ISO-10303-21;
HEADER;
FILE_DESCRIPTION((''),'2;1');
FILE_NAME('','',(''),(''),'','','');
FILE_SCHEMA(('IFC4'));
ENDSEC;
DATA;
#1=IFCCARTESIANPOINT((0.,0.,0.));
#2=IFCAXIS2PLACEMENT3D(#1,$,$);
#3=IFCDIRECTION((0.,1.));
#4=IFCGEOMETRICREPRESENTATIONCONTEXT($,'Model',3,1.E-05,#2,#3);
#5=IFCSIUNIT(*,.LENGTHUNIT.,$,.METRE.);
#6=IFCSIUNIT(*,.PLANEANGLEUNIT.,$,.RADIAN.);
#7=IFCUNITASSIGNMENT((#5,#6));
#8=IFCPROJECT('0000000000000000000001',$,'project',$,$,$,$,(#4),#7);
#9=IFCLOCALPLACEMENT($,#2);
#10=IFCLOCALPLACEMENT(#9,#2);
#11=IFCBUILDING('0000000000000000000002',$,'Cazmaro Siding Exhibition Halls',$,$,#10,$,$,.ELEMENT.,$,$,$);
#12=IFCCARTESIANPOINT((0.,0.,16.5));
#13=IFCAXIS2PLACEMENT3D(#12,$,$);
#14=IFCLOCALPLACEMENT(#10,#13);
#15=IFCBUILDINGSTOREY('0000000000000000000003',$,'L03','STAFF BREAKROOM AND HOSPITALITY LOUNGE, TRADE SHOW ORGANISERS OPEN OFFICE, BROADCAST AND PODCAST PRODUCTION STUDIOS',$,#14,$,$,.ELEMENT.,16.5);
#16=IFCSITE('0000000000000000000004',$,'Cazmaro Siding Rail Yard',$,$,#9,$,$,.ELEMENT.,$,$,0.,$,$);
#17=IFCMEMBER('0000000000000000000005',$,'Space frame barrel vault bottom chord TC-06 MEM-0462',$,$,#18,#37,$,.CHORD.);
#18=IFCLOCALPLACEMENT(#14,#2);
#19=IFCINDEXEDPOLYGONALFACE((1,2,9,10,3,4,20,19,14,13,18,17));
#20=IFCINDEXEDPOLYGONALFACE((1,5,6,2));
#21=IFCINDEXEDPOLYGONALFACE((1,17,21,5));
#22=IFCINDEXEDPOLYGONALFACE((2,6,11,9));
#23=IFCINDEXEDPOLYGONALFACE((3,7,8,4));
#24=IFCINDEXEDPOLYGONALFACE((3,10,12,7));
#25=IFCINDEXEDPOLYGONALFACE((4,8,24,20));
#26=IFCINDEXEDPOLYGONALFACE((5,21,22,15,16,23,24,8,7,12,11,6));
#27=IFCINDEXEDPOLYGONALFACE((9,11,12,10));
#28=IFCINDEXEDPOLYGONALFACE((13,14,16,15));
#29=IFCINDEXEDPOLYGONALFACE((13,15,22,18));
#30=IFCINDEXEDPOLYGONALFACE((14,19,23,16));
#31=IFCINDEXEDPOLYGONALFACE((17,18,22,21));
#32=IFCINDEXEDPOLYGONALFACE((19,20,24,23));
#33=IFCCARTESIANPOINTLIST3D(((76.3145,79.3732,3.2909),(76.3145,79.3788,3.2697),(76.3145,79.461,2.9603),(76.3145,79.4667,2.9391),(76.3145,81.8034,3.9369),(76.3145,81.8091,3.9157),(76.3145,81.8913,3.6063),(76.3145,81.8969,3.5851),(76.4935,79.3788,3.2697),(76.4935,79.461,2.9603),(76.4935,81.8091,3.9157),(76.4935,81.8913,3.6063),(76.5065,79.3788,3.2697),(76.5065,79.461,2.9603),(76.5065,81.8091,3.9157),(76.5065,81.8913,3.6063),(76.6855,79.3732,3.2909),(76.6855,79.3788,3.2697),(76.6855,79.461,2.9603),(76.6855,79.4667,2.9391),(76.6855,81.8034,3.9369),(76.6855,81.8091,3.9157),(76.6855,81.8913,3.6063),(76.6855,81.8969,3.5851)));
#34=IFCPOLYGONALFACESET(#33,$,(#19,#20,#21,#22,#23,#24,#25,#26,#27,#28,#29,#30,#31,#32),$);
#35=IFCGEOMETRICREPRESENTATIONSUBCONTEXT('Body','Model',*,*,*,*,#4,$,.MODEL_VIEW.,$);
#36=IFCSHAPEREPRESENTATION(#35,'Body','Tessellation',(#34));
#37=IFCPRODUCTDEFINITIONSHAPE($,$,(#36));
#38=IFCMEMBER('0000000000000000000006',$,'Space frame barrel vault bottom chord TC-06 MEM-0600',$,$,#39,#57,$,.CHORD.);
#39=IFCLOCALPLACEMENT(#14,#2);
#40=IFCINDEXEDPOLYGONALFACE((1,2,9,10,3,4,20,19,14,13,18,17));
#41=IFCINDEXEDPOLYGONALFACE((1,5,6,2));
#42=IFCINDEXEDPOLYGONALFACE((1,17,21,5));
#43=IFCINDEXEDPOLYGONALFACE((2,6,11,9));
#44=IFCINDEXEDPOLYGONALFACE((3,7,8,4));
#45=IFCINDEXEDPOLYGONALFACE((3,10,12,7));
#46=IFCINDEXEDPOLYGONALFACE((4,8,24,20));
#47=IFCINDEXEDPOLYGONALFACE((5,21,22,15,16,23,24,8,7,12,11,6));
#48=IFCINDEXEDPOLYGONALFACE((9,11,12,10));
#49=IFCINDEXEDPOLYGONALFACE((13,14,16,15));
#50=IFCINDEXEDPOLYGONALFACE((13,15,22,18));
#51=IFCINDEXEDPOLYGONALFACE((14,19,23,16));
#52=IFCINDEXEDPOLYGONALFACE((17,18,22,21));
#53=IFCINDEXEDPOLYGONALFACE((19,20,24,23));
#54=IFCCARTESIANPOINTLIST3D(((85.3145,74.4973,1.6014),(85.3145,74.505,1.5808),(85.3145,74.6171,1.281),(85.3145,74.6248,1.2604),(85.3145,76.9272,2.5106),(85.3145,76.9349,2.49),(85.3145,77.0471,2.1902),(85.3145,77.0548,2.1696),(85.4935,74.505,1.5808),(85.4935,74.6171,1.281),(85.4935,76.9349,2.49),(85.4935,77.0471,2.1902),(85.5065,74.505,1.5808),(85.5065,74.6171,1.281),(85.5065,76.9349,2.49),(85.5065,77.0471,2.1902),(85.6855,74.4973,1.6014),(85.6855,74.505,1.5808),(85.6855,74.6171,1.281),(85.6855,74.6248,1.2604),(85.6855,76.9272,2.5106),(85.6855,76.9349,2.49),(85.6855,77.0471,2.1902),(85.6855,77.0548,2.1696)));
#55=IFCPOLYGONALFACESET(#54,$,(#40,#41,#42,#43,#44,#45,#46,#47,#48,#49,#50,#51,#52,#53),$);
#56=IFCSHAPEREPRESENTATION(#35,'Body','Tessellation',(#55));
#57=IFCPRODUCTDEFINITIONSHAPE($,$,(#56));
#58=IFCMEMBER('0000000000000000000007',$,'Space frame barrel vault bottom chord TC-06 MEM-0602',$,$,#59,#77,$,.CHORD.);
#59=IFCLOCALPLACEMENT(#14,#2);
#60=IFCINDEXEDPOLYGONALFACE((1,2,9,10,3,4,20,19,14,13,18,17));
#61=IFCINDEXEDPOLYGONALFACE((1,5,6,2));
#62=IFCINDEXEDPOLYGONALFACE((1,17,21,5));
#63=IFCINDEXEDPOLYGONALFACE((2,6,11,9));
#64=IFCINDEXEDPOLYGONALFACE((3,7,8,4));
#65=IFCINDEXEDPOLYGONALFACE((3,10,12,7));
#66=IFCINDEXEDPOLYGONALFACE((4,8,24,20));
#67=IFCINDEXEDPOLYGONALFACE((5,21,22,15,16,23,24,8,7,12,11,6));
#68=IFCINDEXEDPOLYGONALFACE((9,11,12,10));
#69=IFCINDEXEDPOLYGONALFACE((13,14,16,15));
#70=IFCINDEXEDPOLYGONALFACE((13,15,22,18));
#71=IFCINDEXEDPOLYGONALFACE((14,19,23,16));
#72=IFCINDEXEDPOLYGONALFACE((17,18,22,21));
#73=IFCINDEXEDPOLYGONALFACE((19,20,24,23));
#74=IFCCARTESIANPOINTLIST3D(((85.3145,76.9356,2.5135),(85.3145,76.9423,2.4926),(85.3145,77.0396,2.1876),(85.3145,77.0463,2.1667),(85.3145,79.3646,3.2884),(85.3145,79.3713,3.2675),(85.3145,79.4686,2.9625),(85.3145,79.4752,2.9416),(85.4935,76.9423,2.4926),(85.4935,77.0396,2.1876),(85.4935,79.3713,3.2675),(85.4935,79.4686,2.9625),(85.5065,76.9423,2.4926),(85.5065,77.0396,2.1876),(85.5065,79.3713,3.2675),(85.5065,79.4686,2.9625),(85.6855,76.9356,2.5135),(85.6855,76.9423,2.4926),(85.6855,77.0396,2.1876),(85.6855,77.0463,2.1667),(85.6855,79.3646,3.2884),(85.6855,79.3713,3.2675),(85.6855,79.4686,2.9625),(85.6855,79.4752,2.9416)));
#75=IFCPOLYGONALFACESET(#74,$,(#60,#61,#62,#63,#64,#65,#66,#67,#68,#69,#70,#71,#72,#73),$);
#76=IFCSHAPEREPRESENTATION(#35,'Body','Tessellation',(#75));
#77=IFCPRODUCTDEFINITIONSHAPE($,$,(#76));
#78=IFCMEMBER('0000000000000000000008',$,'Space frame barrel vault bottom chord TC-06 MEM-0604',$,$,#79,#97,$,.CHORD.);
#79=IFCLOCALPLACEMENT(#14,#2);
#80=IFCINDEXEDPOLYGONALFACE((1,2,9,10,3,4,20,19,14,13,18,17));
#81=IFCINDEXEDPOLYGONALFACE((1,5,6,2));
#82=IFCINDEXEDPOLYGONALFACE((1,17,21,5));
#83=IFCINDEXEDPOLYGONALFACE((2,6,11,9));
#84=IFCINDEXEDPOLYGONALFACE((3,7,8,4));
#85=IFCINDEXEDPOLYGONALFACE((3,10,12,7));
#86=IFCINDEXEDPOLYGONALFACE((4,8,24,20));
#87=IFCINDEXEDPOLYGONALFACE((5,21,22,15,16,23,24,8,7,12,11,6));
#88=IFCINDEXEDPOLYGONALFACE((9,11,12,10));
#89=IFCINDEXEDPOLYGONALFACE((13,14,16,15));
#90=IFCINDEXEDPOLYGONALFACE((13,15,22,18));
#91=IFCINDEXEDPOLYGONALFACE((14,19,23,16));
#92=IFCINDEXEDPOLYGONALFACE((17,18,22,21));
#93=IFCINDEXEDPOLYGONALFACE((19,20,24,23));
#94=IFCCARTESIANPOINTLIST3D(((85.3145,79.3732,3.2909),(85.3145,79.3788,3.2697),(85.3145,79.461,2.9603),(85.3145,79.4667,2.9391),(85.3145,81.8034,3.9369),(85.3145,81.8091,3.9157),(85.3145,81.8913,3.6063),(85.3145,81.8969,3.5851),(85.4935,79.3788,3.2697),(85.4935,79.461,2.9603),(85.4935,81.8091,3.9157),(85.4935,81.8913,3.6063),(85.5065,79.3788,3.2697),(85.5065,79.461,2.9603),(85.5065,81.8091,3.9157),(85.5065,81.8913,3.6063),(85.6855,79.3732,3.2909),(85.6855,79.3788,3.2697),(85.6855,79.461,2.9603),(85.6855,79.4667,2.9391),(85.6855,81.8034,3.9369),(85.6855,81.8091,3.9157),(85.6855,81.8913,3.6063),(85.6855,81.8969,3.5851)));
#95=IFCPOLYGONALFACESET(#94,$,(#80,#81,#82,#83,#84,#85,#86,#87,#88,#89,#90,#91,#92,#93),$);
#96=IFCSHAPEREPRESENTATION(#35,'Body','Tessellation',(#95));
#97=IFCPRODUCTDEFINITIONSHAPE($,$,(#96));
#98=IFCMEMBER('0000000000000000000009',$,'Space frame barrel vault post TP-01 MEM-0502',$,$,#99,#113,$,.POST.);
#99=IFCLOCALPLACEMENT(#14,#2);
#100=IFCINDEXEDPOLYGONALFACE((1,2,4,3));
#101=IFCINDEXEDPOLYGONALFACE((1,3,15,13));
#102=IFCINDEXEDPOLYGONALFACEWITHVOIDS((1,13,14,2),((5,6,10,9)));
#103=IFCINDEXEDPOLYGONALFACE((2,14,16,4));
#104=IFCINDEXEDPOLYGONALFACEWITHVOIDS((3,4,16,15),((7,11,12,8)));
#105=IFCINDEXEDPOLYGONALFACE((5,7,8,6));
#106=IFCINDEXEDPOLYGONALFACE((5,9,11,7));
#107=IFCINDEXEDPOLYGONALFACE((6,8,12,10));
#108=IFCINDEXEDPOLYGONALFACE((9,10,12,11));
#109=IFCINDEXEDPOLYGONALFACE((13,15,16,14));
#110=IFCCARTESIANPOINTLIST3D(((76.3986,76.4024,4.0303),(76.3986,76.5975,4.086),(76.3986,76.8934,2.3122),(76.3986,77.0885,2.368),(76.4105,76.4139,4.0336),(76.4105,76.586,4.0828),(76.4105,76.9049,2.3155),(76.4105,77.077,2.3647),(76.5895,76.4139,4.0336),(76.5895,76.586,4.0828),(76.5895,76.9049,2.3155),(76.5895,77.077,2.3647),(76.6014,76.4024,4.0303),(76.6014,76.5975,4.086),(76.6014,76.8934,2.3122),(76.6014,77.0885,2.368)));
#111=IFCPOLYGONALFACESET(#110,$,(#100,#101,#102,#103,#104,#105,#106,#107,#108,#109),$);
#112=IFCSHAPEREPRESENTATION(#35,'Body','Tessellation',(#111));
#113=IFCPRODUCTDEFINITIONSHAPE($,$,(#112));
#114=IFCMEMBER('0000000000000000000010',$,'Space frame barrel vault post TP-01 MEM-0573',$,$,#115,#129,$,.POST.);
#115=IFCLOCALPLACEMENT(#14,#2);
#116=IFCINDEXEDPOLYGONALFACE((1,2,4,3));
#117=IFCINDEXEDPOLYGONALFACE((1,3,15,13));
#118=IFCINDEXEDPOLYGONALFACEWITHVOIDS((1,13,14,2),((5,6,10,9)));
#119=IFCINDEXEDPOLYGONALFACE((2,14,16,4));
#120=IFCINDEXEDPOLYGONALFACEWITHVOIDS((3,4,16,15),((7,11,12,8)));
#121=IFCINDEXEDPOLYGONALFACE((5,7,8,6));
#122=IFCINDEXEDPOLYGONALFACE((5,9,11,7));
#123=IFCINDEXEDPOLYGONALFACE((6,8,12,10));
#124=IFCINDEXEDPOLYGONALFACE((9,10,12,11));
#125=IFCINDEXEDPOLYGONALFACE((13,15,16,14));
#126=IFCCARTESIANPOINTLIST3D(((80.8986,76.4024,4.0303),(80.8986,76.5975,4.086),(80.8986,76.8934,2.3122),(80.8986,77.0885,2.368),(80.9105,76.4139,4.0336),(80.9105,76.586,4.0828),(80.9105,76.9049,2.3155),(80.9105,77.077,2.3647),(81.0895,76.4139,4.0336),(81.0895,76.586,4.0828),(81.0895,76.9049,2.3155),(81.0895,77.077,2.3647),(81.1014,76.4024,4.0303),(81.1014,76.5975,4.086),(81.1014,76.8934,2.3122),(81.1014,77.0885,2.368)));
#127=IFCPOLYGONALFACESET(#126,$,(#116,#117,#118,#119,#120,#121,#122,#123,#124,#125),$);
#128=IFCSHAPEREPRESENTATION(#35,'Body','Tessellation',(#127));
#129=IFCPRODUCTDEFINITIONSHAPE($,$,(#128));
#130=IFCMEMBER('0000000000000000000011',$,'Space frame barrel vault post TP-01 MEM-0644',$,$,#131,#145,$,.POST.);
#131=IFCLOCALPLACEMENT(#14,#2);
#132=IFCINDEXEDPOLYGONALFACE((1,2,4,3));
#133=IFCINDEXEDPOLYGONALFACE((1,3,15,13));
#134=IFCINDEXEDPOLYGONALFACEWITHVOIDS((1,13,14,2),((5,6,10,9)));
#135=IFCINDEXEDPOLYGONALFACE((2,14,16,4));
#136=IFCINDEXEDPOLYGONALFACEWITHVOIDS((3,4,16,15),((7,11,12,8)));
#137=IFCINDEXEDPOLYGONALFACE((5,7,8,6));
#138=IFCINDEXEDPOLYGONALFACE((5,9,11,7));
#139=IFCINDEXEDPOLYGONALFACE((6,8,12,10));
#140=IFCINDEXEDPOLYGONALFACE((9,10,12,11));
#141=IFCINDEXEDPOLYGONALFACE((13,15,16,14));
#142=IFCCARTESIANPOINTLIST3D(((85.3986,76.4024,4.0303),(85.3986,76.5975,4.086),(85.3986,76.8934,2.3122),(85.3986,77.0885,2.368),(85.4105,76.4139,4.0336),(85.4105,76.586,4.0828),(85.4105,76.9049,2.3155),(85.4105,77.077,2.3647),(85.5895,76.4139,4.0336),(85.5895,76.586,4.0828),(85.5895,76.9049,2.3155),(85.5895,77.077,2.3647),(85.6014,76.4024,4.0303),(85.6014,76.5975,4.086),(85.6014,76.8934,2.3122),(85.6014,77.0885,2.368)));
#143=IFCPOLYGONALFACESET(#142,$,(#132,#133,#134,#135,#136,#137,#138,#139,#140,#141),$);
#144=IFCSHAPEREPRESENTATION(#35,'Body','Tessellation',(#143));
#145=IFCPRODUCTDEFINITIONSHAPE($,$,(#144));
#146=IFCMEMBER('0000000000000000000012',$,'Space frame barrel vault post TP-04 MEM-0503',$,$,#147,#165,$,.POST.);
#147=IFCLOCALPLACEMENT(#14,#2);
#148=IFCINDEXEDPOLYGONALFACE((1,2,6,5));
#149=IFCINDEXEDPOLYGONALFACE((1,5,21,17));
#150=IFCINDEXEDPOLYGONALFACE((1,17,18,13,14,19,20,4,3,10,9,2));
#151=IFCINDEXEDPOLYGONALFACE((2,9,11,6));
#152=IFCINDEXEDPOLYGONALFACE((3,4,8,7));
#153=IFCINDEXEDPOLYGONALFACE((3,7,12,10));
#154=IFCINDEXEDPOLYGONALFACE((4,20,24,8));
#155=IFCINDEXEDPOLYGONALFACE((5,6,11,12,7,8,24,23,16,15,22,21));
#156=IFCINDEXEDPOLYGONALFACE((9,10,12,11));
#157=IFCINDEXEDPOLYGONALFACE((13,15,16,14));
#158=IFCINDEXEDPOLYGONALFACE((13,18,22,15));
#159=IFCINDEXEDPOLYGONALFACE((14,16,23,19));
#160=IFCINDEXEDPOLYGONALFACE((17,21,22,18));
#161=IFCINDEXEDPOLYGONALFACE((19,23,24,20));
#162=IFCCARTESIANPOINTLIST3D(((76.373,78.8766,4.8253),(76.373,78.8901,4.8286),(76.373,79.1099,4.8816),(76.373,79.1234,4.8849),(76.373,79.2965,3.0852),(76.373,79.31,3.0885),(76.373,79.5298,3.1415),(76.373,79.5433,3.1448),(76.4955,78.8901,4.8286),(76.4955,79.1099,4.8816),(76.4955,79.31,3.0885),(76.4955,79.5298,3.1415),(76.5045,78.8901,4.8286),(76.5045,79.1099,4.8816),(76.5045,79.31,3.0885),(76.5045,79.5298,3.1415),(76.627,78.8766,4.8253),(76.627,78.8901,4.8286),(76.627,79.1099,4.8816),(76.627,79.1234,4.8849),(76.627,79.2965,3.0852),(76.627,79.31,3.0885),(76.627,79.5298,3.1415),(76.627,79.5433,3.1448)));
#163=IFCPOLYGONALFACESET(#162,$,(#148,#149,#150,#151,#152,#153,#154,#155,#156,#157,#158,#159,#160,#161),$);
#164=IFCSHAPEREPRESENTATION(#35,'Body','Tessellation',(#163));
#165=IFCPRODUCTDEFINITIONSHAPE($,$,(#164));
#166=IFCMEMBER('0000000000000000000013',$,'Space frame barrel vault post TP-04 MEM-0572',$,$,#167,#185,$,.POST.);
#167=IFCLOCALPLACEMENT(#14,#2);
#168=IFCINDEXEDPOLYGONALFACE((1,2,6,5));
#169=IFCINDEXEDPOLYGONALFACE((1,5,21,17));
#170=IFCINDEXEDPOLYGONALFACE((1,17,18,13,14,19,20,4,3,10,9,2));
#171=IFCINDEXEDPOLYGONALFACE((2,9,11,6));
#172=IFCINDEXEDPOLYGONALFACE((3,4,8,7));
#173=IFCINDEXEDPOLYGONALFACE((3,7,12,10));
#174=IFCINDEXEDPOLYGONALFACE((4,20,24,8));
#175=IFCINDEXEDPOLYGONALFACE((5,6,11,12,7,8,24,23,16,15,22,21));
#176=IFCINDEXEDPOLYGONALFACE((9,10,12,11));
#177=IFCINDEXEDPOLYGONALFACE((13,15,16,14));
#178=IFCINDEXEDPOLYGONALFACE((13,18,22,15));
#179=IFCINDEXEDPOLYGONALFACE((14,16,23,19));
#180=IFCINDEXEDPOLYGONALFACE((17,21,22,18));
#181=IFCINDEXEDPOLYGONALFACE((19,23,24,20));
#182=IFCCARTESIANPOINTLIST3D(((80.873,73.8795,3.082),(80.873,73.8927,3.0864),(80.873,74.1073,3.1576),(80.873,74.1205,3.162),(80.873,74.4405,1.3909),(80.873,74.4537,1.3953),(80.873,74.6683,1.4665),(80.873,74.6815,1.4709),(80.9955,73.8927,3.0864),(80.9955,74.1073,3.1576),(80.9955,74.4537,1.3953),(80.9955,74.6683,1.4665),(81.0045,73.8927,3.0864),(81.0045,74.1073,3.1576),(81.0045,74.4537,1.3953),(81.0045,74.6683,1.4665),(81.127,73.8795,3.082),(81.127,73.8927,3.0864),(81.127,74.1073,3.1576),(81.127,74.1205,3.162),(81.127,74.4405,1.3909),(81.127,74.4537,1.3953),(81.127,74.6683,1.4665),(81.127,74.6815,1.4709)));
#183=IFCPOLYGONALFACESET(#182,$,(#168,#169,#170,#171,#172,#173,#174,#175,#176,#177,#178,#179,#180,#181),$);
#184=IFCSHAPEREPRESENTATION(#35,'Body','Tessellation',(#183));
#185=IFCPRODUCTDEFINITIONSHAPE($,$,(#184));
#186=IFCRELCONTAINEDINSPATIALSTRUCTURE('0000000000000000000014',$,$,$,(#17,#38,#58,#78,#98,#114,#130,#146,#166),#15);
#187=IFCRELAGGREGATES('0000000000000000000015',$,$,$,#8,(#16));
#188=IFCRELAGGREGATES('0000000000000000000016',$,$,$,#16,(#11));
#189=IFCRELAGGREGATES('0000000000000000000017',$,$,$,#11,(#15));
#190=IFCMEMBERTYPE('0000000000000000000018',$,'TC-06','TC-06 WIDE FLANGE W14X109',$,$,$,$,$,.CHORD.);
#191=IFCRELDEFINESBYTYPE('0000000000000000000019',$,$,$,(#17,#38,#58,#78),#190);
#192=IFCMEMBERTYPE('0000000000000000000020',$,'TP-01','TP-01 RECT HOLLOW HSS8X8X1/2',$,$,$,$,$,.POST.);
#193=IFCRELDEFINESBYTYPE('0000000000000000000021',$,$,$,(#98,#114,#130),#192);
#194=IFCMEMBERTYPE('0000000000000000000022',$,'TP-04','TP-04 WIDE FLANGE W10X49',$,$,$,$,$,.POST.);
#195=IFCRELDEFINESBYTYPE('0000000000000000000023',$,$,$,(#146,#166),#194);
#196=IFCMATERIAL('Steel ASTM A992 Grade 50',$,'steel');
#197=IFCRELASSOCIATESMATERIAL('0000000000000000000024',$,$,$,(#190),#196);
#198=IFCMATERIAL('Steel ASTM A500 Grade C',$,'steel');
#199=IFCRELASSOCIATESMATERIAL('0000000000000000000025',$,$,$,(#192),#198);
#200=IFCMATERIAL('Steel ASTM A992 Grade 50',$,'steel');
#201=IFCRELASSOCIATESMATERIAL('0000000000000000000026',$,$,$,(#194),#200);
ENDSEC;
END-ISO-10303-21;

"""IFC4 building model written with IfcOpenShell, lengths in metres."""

from ifc_helpers import new_model, si_unit, direction, frame, origin, origin_2d, place, context, subcontext, project, spatial, hollow_rectangle, i_section, extrude, material, material_profile, profile_set, type_object, element, save


model = new_model("IFC4")

# Units and contexts
model_context = context("Model", 3, precision=1e-05, world=origin(), true_north=direction((0.0, 1.0)))
body_context = subcontext(model_context, "Body", "Model", "MODEL_VIEW")
ifc_project = project(units=[si_unit("LENGTHUNIT", "METRE"), si_unit("PLANEANGLEUNIT", "RADIAN")], contexts=[model_context])

# Site, building, storey
site_placement = place(None, origin())
site = spatial("IfcSite", under=ifc_project, at=site_placement, Name="Cazmaro Siding Rail Yard", CompositionType="ELEMENT", RefElevation=0.0)
building_placement = place(site_placement, origin())
building = spatial("IfcBuilding", under=site, at=building_placement, Name="Cazmaro Siding Exhibition Halls", CompositionType="ELEMENT")
storey_placement = place(building_placement, frame((0.0, 0.0, 16.5)))
storey = spatial("IfcBuildingStorey", under=building, at=storey_placement, Name="L03", Description="STAFF BREAKROOM AND HOSPITALITY LOUNGE, TRADE SHOW ORGANISERS OPEN OFFICE, BROADCAST AND PODCAST PRODUCTION STUDIOS", CompositionType="ELEMENT", Elevation=16.5)

# Members
ifc_material_1 = material(Name="Steel ASTM A992 Grade 50", Category="steel")
ifc_material_profile_1 = material_profile(ifc_material_1, i_section(OverallWidth=0.3711, OverallDepth=0.364, WebThickness=0.0129, FlangeThickness=0.022, at=origin_2d()), Name="W14X109")
ifc_profile_set_1 = profile_set([ifc_material_profile_1], Name="Steel ASTM A992 Grade 50")
member_type_1 = type_object("IfcMemberType", Name="TC-06", Description="TC-06 WIDE FLANGE W14X109", PredefinedType="CHORD", material=ifc_profile_set_1)
member_1_placement = place(storey_placement, frame((76.5, 79.4199, 3.115), z_axis=(0.0, 0.966438, 0.256901), x_axis=(-1.0, 0.0, 0.0)))
element("IfcMember", 1, at=member_1_placement, inside=storey, type_object=member_type_1, Name="Space frame barrel vault bottom chord TC-06 MEM-0462", PredefinedType="CHORD", context=body_context, shape_type="SweptSolid", body=[
    extrude(i_section(OverallWidth=0.3711, OverallDepth=0.364, WebThickness=0.0129, FlangeThickness=0.022, at=origin_2d()), origin(), (0.0, 0.0, 1.0), 2.5146),
])
member_2_placement = place(storey_placement, frame((85.5, 74.561, 1.4309), z_axis=(0.0, 0.936588, 0.350432), x_axis=(-1.0, 0.0, 0.0)))
element("IfcMember", 2, at=member_2_placement, inside=storey, type_object=member_type_1, Name="Space frame barrel vault bottom chord TC-06 MEM-0600", PredefinedType="CHORD", context=body_context, shape_type="SweptSolid", body=[
    extrude(i_section(OverallWidth=0.3711, OverallDepth=0.364, WebThickness=0.0129, FlangeThickness=0.022, at=origin_2d()), origin(), (0.0, 0.0, 1.0), 2.5945),
])
member_3_placement = place(storey_placement, frame((85.5, 76.991, 2.3401), z_axis=(0.0, 0.952693, 0.303935), x_axis=(-1.0, 0.0, 0.0)))
element("IfcMember", 3, at=member_3_placement, inside=storey, type_object=member_type_1, Name="Space frame barrel vault bottom chord TC-06 MEM-0602", PredefinedType="CHORD", context=body_context, shape_type="SweptSolid", body=[
    extrude(i_section(OverallWidth=0.3711, OverallDepth=0.364, WebThickness=0.0129, FlangeThickness=0.022, at=origin_2d()), origin(), (0.0, 0.0, 1.0), 2.5496),
])
member_4_placement = place(storey_placement, frame((85.5, 79.4199, 3.115), z_axis=(0.0, 0.966438, 0.256901), x_axis=(-1.0, 0.0, 0.0)))
element("IfcMember", 4, at=member_4_placement, inside=storey, type_object=member_type_1, Name="Space frame barrel vault bottom chord TC-06 MEM-0604", PredefinedType="CHORD", context=body_context, shape_type="SweptSolid", body=[
    extrude(i_section(OverallWidth=0.3711, OverallDepth=0.364, WebThickness=0.0129, FlangeThickness=0.022, at=origin_2d()), origin(), (0.0, 0.0, 1.0), 2.5146),
])
ifc_material_2 = material(Name="Steel ASTM A500 Grade C", Category="steel")
ifc_material_profile_2 = material_profile(ifc_material_2, hollow_rectangle(XDim=0.2029, YDim=0.2029, WallThickness=0.012, at=origin_2d()), Name="HSS8X8X1/2")
ifc_profile_set_2 = profile_set([ifc_material_profile_2], Name="Steel ASTM A500 Grade C")
member_type_2 = type_object("IfcMemberType", Name="TP-01", Description="TP-01 RECT HOLLOW HSS8X8X1/2", PredefinedType="POST", material=ifc_profile_set_2)
for number, where, z_axis, x_axis, name in (
    (5, (76.5, 76.991, 2.3401), (0.0, -0.274775, 0.961508), (1.0, 0.0, 0.0), "Space frame barrel vault post TP-01 MEM-0502"),
    (6, (81.0, 76.991, 2.3401), (0.0, -0.274775, 0.961508), (1.0, 0.0, 0.0), "Space frame barrel vault post TP-01 MEM-0573"),
    (7, (85.5, 76.991, 2.3401), (0.0, -0.274775, 0.961508), (1.0, 0.0, 0.0), "Space frame barrel vault post TP-01 MEM-0644"),
):
    element("IfcMember", number, at=place(storey_placement, frame(where, z_axis=z_axis, x_axis=x_axis)), inside=storey, type_object=member_type_2, Name=name, PredefinedType="POST", context=body_context, shape_type="SweptSolid", body=[
        extrude(hollow_rectangle(XDim=0.2029, YDim=0.2029, WallThickness=0.012, at=origin_2d()), origin(), (0.0, 0.0, 1.0), 1.7869),
    ])
ifc_material_3 = material(Name="Steel ASTM A992 Grade 50", Category="steel")
ifc_material_profile_3 = material_profile(ifc_material_3, i_section(OverallWidth=0.2539, OverallDepth=0.2539, WebThickness=0.009, FlangeThickness=0.0139, at=origin_2d()), Name="W10X49")
ifc_profile_set_3 = profile_set([ifc_material_profile_3], Name="Steel ASTM A992 Grade 50")
member_type_3 = type_object("IfcMemberType", Name="TP-04", Description="TP-04 WIDE FLANGE W10X49", PredefinedType="POST", material=ifc_profile_set_3)
member_5_placement = place(storey_placement, frame((76.5, 79.4199, 3.115), z_axis=(0.0, -0.234601, 0.972092), x_axis=(1.0, 0.0, 0.0)))
element("IfcMember", 8, at=member_5_placement, inside=storey, type_object=member_type_3, Name="Space frame barrel vault post TP-04 MEM-0503", PredefinedType="POST", context=body_context, shape_type="SweptSolid", body=[
    extrude(i_section(OverallWidth=0.2539, OverallDepth=0.2539, WebThickness=0.009, FlangeThickness=0.0139, at=origin_2d()), origin(), (0.0, 0.0, 1.0), 1.79),
])
member_6_placement = place(storey_placement, frame((81.0, 74.561, 1.4309), z_axis=(0.0, -0.314871, 0.949134), x_axis=(1.0, 0.0, 0.0)))
element("IfcMember", 9, at=member_6_placement, inside=storey, type_object=member_type_3, Name="Space frame barrel vault post TP-04 MEM-0572", PredefinedType="POST", context=body_context, shape_type="SweptSolid", body=[
    extrude(i_section(OverallWidth=0.2539, OverallDepth=0.2539, WebThickness=0.009, FlangeThickness=0.0139, at=origin_2d()), origin(), (0.0, 0.0, 1.0), 1.7817),
])

save(model, "model.ifc")
